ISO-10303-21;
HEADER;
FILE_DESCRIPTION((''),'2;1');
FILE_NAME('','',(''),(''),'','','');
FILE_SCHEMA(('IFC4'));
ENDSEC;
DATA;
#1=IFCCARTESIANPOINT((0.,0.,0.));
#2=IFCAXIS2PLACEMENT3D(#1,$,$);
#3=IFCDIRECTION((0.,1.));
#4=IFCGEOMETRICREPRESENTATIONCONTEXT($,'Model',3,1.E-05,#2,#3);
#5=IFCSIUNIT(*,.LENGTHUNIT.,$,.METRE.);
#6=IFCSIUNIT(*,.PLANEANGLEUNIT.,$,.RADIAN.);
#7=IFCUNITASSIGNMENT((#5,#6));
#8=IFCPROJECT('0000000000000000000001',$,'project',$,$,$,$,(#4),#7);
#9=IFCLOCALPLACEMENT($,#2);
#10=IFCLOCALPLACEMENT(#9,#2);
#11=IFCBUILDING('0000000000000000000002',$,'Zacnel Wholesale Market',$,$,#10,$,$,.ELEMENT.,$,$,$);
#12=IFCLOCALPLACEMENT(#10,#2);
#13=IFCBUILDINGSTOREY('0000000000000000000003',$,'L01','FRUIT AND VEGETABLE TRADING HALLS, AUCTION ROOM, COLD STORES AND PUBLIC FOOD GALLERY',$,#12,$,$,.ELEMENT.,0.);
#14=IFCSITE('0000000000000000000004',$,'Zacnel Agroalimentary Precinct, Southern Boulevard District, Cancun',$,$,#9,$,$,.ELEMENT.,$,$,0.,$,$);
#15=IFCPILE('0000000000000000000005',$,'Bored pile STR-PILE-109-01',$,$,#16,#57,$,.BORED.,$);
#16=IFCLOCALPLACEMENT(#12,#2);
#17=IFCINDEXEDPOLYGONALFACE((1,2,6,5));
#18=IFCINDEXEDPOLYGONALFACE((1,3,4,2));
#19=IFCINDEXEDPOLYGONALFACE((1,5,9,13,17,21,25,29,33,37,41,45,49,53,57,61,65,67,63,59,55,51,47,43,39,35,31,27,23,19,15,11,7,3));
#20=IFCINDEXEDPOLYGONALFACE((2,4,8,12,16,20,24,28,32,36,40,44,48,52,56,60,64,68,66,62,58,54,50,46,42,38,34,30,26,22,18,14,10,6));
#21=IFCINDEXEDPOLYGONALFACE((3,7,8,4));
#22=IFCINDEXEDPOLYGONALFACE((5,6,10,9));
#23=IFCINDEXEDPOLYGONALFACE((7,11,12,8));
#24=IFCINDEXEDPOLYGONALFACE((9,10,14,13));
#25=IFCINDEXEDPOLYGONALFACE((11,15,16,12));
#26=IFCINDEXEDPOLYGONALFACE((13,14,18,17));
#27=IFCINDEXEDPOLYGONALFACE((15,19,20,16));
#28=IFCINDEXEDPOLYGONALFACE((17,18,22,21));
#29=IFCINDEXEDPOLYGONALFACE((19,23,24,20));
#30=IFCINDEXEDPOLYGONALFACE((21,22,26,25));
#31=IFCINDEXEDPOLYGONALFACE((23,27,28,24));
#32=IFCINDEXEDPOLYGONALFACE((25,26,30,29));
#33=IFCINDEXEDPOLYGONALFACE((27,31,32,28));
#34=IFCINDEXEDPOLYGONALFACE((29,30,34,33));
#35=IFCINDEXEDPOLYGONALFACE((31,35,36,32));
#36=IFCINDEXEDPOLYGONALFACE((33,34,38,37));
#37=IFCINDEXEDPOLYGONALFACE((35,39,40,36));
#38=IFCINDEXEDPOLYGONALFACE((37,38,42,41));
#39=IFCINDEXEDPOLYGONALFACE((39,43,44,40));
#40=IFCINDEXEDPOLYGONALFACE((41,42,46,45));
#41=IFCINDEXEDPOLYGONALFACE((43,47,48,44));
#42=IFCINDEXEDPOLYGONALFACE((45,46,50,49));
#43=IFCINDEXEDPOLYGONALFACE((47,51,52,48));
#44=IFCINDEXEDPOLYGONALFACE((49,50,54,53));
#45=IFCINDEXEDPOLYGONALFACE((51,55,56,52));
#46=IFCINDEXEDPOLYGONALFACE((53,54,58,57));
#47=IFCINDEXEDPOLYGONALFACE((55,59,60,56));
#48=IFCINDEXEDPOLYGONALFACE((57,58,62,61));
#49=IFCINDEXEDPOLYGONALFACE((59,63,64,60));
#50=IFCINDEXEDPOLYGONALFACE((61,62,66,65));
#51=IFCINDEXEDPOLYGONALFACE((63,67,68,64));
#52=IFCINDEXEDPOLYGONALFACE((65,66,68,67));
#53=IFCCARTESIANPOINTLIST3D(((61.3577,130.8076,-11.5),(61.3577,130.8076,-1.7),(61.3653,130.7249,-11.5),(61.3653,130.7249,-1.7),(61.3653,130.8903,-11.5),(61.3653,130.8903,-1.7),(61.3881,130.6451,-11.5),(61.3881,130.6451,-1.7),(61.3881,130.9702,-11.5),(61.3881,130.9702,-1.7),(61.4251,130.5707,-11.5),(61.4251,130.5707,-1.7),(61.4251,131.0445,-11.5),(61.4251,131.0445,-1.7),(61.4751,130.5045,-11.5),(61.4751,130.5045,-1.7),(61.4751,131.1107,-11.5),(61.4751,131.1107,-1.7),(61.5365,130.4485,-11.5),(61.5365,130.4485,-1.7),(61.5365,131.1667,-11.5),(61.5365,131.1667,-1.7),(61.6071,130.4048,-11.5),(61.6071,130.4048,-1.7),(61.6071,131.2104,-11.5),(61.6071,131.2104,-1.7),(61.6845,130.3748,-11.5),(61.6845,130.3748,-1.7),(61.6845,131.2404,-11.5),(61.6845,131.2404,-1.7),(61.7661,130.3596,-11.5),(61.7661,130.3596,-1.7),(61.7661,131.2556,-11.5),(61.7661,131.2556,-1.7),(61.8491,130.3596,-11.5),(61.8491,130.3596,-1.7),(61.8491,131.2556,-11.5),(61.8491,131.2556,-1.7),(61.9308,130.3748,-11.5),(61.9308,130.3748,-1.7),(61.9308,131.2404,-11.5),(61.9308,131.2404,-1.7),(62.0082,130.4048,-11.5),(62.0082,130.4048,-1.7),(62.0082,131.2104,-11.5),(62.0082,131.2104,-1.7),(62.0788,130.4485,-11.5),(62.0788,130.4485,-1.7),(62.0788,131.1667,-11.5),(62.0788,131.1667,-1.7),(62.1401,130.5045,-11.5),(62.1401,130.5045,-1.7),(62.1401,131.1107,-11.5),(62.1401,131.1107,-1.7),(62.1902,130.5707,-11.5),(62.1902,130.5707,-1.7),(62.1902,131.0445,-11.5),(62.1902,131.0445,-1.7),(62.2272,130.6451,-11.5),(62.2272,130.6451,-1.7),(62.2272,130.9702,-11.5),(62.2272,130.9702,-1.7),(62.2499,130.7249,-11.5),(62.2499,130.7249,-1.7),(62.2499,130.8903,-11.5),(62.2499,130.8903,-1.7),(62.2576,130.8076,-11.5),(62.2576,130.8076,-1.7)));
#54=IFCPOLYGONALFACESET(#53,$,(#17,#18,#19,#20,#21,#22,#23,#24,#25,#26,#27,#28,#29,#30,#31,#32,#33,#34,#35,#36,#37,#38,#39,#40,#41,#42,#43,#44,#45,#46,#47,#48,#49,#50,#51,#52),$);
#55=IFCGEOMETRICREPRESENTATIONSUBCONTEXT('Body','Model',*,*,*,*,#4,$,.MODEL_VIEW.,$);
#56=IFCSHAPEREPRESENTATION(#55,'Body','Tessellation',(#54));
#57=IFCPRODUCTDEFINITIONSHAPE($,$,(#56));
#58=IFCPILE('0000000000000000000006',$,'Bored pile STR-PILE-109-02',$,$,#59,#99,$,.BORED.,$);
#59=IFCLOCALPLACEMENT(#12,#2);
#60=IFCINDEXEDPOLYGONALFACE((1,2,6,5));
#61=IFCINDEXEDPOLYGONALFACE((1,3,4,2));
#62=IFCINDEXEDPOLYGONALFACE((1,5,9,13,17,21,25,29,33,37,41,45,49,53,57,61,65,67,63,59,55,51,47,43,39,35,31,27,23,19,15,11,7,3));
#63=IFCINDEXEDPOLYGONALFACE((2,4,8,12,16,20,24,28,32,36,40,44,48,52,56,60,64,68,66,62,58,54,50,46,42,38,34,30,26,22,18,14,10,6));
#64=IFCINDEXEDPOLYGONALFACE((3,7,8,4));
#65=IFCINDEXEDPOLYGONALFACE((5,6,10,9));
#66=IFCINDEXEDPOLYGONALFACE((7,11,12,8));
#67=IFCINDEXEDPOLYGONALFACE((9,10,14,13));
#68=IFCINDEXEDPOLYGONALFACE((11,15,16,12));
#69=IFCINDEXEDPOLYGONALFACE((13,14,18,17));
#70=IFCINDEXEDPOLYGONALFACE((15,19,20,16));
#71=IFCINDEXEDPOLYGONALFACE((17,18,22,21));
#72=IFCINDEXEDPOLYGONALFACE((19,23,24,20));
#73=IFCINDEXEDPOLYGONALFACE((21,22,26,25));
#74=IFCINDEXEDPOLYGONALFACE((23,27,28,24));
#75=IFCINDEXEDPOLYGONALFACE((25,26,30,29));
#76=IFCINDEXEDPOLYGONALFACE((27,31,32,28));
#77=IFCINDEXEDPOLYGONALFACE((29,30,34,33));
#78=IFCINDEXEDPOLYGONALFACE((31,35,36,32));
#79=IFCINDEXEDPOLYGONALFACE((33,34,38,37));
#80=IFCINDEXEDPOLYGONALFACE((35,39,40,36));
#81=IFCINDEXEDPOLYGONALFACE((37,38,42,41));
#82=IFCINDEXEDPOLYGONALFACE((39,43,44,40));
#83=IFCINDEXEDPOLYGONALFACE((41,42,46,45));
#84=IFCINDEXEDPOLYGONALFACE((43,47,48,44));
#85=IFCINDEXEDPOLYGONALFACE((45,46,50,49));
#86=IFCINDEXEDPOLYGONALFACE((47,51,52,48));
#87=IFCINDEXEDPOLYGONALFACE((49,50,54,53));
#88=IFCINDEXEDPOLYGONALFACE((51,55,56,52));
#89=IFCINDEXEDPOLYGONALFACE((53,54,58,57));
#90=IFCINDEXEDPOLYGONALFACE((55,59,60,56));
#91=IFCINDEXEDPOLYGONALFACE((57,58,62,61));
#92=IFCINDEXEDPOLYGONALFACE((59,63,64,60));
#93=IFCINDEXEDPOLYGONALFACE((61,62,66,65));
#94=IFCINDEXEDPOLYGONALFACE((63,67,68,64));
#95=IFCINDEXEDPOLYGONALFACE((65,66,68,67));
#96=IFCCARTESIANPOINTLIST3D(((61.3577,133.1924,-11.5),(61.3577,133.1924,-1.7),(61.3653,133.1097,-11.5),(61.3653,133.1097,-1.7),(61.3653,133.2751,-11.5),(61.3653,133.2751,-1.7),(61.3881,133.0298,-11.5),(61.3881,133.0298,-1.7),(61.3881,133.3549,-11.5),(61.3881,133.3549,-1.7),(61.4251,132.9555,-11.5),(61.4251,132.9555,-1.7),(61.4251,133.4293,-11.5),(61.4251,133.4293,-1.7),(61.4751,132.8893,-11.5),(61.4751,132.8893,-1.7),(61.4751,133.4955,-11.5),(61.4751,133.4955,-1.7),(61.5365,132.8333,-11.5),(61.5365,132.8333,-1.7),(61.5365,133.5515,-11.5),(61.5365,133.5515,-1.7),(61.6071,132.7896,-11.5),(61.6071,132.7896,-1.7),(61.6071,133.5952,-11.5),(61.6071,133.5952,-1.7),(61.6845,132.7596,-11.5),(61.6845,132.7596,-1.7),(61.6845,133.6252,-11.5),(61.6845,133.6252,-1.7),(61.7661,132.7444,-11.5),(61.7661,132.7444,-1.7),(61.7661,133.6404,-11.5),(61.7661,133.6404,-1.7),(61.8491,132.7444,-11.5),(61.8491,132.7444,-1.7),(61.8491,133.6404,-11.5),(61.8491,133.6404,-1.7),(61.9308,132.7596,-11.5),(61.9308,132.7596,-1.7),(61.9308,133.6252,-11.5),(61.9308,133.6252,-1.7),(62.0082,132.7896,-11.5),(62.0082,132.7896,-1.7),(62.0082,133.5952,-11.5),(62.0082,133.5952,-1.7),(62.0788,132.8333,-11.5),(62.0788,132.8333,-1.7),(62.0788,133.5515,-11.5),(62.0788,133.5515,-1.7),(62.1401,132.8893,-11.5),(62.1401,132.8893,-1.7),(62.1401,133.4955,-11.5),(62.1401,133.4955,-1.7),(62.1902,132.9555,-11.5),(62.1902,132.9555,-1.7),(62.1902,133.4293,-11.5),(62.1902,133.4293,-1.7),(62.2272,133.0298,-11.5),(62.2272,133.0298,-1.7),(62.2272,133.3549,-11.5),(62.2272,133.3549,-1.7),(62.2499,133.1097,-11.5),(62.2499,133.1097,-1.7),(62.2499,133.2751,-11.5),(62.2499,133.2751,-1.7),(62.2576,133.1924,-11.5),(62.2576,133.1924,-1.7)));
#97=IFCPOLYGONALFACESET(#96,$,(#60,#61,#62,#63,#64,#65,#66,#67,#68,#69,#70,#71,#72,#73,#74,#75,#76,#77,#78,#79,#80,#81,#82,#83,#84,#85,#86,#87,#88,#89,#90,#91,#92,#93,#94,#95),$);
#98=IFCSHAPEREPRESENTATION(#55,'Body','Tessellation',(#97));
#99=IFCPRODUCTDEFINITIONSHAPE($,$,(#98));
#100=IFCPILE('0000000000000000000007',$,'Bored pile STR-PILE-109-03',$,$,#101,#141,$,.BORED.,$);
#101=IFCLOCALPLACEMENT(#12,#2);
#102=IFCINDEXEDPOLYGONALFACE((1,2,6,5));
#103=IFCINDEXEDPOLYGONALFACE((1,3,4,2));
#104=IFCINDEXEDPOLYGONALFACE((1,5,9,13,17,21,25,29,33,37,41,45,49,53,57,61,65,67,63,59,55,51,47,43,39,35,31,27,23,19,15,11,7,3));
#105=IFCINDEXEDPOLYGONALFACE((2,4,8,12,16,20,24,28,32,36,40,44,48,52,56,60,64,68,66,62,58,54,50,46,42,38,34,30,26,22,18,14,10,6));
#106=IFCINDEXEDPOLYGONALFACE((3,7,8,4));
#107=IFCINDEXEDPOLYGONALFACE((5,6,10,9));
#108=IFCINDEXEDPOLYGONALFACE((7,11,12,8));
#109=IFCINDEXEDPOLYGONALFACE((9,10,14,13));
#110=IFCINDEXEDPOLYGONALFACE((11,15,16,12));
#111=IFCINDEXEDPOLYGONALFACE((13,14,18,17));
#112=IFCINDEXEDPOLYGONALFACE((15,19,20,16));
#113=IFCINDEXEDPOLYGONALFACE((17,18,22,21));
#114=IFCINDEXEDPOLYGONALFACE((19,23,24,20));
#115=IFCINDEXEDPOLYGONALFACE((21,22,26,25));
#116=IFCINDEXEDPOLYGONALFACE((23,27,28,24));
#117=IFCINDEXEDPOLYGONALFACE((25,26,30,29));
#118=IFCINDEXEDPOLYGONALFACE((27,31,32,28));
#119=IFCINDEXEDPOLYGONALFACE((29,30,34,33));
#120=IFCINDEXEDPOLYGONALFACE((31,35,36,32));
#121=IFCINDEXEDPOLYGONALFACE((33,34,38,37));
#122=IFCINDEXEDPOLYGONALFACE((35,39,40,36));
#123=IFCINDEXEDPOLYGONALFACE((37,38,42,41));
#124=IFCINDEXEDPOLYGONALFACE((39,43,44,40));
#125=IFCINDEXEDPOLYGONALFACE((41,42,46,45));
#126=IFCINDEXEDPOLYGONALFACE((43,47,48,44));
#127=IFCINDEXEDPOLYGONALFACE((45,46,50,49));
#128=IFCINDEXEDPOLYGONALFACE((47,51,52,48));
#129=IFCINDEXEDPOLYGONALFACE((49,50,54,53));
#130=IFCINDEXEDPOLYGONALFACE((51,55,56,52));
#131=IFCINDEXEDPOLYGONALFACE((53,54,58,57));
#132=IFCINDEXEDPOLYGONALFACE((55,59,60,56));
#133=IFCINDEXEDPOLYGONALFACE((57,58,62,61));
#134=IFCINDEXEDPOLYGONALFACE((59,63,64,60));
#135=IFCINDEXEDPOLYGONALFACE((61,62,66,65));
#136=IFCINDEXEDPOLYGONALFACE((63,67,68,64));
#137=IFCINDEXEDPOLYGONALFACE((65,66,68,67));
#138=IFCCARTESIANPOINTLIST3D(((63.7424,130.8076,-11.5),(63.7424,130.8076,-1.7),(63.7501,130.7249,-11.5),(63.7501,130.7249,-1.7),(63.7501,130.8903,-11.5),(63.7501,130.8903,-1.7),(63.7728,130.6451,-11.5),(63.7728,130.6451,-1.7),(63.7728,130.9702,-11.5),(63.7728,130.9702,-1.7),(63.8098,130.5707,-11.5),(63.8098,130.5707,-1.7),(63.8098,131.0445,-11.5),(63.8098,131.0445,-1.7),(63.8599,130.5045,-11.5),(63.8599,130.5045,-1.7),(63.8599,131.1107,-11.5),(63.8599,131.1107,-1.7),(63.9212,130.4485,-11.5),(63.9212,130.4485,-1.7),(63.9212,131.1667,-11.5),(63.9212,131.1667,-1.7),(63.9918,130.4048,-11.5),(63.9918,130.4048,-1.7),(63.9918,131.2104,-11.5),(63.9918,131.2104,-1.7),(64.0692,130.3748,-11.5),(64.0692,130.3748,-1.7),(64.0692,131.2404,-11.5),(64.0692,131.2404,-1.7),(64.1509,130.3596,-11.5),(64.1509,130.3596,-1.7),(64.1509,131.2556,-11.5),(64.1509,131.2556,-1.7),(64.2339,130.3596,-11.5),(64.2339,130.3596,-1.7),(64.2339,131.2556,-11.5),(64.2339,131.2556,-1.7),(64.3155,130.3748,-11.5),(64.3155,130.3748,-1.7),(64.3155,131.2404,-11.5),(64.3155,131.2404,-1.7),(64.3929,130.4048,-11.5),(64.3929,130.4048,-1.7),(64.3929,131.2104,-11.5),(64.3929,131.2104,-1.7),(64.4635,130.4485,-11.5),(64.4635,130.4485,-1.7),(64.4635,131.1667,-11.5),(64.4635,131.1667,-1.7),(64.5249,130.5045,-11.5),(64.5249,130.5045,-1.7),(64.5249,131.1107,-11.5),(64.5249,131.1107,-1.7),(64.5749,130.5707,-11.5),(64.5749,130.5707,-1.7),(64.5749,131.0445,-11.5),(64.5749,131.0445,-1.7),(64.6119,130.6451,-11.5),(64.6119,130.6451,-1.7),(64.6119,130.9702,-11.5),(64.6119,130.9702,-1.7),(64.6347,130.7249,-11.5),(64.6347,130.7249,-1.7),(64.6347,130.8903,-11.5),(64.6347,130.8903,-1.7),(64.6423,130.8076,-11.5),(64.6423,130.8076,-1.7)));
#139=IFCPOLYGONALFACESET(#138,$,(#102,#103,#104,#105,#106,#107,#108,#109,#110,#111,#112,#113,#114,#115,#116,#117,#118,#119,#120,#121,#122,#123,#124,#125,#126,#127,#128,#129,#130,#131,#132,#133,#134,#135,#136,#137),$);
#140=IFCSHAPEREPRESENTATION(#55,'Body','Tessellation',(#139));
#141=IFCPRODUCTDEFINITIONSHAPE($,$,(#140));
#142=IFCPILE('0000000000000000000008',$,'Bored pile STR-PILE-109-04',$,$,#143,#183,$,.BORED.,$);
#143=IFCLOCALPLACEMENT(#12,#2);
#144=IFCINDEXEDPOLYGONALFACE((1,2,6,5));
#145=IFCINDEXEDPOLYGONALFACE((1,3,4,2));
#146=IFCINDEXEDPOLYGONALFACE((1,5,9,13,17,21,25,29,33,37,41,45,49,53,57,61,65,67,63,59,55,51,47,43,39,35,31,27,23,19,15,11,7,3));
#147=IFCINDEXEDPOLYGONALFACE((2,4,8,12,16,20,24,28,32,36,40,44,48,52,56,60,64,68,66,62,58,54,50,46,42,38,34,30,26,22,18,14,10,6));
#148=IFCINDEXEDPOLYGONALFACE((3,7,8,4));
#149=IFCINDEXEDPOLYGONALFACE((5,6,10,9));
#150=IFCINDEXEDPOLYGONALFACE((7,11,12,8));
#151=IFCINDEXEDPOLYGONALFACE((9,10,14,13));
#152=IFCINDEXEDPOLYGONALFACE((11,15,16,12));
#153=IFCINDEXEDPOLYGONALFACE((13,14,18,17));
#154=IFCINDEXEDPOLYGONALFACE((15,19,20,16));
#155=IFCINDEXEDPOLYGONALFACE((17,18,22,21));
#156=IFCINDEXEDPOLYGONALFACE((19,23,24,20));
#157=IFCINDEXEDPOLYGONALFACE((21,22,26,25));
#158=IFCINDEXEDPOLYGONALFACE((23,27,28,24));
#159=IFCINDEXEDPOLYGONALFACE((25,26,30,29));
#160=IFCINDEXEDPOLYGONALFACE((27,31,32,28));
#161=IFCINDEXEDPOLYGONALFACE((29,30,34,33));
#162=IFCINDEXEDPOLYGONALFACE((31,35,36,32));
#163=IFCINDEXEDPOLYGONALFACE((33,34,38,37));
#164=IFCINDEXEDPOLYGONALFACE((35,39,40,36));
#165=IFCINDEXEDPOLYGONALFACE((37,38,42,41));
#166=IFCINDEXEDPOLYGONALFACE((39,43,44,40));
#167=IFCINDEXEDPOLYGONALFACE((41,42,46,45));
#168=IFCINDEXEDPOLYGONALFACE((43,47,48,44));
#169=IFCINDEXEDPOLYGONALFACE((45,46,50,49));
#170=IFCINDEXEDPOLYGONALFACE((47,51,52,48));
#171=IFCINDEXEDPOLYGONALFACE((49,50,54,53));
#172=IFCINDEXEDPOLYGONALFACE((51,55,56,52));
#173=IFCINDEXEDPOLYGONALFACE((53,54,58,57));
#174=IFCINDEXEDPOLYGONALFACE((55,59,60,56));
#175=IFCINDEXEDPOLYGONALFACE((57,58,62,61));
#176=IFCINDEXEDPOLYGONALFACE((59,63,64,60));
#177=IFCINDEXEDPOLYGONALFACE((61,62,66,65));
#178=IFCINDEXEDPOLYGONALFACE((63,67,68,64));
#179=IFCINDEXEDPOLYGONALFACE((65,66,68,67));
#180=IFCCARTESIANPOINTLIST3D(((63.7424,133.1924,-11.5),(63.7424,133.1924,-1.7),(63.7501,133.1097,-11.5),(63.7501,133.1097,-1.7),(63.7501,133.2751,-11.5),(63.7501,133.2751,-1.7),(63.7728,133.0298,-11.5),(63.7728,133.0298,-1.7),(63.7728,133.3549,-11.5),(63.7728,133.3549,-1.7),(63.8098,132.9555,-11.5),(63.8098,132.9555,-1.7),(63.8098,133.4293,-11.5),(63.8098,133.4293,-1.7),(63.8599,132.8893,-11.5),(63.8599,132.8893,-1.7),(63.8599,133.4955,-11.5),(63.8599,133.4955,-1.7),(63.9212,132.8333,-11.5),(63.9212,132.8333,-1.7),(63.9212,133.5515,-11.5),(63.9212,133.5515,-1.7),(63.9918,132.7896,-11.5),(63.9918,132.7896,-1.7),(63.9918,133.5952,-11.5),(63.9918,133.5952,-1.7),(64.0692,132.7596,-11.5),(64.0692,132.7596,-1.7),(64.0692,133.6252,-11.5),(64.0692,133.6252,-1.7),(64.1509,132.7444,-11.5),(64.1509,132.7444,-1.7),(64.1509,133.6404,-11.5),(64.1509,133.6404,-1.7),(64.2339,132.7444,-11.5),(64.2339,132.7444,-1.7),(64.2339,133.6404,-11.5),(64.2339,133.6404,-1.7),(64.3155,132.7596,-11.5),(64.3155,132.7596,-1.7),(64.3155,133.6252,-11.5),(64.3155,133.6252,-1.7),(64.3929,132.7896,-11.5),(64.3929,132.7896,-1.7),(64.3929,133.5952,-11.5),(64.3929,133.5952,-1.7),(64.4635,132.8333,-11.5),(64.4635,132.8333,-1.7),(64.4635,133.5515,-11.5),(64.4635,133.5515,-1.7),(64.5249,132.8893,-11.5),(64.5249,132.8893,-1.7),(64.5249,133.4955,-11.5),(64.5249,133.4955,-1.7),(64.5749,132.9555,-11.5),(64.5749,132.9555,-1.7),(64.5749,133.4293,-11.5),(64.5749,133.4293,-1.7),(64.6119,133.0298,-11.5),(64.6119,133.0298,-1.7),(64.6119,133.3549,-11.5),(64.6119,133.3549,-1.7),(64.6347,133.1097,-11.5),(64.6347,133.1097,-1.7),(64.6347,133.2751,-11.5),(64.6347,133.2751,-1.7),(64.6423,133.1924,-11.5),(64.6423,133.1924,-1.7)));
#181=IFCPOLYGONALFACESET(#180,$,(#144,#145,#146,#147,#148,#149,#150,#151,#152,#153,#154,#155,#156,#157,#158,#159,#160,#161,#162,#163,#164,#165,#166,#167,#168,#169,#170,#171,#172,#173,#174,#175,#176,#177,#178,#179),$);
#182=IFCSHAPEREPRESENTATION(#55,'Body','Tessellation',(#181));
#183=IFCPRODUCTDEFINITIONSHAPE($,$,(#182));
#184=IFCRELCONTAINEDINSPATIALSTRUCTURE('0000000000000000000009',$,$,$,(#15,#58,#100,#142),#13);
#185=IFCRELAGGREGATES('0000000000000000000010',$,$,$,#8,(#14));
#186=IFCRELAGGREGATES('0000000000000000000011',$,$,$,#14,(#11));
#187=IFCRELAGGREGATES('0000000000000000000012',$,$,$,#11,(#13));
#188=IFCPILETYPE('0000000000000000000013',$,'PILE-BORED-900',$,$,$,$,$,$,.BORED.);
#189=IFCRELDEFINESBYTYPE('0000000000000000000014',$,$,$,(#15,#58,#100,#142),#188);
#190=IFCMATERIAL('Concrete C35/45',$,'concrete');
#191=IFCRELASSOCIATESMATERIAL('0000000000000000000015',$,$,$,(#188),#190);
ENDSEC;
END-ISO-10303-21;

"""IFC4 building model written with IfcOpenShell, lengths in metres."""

from ifc_helpers import new_model, si_unit, direction, frame, origin, origin_2d, place, context, subcontext, project, spatial, circle, extrude, material, material_profile, profile_set, type_object, element, save


model = new_model("IFC4")

# Units and contexts
model_context = context("Model", 3, precision=1e-05, world=origin(), true_north=direction((0.0, 1.0)))
body_context = subcontext(model_context, "Body", "Model", "MODEL_VIEW")
ifc_project = project(units=[si_unit("LENGTHUNIT", "METRE"), si_unit("PLANEANGLEUNIT", "RADIAN")], contexts=[model_context])

# Site, building, storey
site_placement = place(None, origin())
site = spatial("IfcSite", under=ifc_project, at=site_placement, Name="Zacnel Agroalimentary Precinct, Southern Boulevard District, Cancun", CompositionType="ELEMENT", RefElevation=0.0)
building_placement = place(site_placement, origin())
building = spatial("IfcBuilding", under=site, at=building_placement, Name="Zacnel Wholesale Market", CompositionType="ELEMENT")
storey_placement = place(building_placement, origin())
storey = spatial("IfcBuildingStorey", under=building, at=storey_placement, Name="L01", Description="FRUIT AND VEGETABLE TRADING HALLS, AUCTION ROOM, COLD STORES AND PUBLIC FOOD GALLERY", CompositionType="ELEMENT", Elevation=0.0)

# Piles
ifc_material_1 = material(Name="Concrete C35/45", Category="concrete")
ifc_material_profile_1 = material_profile(ifc_material_1, circle(Radius=0.45, at=origin_2d()), Name="BORED PILE D900")
ifc_profile_set_1 = profile_set([ifc_material_profile_1], Name="Concrete C35/45")
pile_type = type_object("IfcPileType", Name="PILE-BORED-900", PredefinedType="BORED", material=ifc_profile_set_1)
for number, where, z_axis, x_axis, name in (
    (1, (61.8076, 130.8076, -1.7), (0.0, 0.0, -1.0), (1.0, 0.0, 0.0), "Bored pile STR-PILE-109-01"),
    (2, (61.8076, 133.1924, -1.7), (0.0, 0.0, -1.0), (1.0, 0.0, 0.0), "Bored pile STR-PILE-109-02"),
    (3, (64.1924, 130.8076, -1.7), (0.0, 0.0, -1.0), (1.0, 0.0, 0.0), "Bored pile STR-PILE-109-03"),
    (4, (64.1924, 133.1924, -1.7), (0.0, 0.0, -1.0), (1.0, 0.0, 0.0), "Bored pile STR-PILE-109-04"),
):
    element("IfcPile", number, at=place(storey_placement, frame(where, z_axis=z_axis, x_axis=x_axis)), inside=storey, type_object=pile_type, Name=name, PredefinedType="BORED", context=body_context, shape_type="SweptSolid", body=[
        extrude(circle(Radius=0.45, at=origin_2d()), origin(), (0.0, 0.0, 1.0), 9.8),
    ])

save(model, "model.ifc")
